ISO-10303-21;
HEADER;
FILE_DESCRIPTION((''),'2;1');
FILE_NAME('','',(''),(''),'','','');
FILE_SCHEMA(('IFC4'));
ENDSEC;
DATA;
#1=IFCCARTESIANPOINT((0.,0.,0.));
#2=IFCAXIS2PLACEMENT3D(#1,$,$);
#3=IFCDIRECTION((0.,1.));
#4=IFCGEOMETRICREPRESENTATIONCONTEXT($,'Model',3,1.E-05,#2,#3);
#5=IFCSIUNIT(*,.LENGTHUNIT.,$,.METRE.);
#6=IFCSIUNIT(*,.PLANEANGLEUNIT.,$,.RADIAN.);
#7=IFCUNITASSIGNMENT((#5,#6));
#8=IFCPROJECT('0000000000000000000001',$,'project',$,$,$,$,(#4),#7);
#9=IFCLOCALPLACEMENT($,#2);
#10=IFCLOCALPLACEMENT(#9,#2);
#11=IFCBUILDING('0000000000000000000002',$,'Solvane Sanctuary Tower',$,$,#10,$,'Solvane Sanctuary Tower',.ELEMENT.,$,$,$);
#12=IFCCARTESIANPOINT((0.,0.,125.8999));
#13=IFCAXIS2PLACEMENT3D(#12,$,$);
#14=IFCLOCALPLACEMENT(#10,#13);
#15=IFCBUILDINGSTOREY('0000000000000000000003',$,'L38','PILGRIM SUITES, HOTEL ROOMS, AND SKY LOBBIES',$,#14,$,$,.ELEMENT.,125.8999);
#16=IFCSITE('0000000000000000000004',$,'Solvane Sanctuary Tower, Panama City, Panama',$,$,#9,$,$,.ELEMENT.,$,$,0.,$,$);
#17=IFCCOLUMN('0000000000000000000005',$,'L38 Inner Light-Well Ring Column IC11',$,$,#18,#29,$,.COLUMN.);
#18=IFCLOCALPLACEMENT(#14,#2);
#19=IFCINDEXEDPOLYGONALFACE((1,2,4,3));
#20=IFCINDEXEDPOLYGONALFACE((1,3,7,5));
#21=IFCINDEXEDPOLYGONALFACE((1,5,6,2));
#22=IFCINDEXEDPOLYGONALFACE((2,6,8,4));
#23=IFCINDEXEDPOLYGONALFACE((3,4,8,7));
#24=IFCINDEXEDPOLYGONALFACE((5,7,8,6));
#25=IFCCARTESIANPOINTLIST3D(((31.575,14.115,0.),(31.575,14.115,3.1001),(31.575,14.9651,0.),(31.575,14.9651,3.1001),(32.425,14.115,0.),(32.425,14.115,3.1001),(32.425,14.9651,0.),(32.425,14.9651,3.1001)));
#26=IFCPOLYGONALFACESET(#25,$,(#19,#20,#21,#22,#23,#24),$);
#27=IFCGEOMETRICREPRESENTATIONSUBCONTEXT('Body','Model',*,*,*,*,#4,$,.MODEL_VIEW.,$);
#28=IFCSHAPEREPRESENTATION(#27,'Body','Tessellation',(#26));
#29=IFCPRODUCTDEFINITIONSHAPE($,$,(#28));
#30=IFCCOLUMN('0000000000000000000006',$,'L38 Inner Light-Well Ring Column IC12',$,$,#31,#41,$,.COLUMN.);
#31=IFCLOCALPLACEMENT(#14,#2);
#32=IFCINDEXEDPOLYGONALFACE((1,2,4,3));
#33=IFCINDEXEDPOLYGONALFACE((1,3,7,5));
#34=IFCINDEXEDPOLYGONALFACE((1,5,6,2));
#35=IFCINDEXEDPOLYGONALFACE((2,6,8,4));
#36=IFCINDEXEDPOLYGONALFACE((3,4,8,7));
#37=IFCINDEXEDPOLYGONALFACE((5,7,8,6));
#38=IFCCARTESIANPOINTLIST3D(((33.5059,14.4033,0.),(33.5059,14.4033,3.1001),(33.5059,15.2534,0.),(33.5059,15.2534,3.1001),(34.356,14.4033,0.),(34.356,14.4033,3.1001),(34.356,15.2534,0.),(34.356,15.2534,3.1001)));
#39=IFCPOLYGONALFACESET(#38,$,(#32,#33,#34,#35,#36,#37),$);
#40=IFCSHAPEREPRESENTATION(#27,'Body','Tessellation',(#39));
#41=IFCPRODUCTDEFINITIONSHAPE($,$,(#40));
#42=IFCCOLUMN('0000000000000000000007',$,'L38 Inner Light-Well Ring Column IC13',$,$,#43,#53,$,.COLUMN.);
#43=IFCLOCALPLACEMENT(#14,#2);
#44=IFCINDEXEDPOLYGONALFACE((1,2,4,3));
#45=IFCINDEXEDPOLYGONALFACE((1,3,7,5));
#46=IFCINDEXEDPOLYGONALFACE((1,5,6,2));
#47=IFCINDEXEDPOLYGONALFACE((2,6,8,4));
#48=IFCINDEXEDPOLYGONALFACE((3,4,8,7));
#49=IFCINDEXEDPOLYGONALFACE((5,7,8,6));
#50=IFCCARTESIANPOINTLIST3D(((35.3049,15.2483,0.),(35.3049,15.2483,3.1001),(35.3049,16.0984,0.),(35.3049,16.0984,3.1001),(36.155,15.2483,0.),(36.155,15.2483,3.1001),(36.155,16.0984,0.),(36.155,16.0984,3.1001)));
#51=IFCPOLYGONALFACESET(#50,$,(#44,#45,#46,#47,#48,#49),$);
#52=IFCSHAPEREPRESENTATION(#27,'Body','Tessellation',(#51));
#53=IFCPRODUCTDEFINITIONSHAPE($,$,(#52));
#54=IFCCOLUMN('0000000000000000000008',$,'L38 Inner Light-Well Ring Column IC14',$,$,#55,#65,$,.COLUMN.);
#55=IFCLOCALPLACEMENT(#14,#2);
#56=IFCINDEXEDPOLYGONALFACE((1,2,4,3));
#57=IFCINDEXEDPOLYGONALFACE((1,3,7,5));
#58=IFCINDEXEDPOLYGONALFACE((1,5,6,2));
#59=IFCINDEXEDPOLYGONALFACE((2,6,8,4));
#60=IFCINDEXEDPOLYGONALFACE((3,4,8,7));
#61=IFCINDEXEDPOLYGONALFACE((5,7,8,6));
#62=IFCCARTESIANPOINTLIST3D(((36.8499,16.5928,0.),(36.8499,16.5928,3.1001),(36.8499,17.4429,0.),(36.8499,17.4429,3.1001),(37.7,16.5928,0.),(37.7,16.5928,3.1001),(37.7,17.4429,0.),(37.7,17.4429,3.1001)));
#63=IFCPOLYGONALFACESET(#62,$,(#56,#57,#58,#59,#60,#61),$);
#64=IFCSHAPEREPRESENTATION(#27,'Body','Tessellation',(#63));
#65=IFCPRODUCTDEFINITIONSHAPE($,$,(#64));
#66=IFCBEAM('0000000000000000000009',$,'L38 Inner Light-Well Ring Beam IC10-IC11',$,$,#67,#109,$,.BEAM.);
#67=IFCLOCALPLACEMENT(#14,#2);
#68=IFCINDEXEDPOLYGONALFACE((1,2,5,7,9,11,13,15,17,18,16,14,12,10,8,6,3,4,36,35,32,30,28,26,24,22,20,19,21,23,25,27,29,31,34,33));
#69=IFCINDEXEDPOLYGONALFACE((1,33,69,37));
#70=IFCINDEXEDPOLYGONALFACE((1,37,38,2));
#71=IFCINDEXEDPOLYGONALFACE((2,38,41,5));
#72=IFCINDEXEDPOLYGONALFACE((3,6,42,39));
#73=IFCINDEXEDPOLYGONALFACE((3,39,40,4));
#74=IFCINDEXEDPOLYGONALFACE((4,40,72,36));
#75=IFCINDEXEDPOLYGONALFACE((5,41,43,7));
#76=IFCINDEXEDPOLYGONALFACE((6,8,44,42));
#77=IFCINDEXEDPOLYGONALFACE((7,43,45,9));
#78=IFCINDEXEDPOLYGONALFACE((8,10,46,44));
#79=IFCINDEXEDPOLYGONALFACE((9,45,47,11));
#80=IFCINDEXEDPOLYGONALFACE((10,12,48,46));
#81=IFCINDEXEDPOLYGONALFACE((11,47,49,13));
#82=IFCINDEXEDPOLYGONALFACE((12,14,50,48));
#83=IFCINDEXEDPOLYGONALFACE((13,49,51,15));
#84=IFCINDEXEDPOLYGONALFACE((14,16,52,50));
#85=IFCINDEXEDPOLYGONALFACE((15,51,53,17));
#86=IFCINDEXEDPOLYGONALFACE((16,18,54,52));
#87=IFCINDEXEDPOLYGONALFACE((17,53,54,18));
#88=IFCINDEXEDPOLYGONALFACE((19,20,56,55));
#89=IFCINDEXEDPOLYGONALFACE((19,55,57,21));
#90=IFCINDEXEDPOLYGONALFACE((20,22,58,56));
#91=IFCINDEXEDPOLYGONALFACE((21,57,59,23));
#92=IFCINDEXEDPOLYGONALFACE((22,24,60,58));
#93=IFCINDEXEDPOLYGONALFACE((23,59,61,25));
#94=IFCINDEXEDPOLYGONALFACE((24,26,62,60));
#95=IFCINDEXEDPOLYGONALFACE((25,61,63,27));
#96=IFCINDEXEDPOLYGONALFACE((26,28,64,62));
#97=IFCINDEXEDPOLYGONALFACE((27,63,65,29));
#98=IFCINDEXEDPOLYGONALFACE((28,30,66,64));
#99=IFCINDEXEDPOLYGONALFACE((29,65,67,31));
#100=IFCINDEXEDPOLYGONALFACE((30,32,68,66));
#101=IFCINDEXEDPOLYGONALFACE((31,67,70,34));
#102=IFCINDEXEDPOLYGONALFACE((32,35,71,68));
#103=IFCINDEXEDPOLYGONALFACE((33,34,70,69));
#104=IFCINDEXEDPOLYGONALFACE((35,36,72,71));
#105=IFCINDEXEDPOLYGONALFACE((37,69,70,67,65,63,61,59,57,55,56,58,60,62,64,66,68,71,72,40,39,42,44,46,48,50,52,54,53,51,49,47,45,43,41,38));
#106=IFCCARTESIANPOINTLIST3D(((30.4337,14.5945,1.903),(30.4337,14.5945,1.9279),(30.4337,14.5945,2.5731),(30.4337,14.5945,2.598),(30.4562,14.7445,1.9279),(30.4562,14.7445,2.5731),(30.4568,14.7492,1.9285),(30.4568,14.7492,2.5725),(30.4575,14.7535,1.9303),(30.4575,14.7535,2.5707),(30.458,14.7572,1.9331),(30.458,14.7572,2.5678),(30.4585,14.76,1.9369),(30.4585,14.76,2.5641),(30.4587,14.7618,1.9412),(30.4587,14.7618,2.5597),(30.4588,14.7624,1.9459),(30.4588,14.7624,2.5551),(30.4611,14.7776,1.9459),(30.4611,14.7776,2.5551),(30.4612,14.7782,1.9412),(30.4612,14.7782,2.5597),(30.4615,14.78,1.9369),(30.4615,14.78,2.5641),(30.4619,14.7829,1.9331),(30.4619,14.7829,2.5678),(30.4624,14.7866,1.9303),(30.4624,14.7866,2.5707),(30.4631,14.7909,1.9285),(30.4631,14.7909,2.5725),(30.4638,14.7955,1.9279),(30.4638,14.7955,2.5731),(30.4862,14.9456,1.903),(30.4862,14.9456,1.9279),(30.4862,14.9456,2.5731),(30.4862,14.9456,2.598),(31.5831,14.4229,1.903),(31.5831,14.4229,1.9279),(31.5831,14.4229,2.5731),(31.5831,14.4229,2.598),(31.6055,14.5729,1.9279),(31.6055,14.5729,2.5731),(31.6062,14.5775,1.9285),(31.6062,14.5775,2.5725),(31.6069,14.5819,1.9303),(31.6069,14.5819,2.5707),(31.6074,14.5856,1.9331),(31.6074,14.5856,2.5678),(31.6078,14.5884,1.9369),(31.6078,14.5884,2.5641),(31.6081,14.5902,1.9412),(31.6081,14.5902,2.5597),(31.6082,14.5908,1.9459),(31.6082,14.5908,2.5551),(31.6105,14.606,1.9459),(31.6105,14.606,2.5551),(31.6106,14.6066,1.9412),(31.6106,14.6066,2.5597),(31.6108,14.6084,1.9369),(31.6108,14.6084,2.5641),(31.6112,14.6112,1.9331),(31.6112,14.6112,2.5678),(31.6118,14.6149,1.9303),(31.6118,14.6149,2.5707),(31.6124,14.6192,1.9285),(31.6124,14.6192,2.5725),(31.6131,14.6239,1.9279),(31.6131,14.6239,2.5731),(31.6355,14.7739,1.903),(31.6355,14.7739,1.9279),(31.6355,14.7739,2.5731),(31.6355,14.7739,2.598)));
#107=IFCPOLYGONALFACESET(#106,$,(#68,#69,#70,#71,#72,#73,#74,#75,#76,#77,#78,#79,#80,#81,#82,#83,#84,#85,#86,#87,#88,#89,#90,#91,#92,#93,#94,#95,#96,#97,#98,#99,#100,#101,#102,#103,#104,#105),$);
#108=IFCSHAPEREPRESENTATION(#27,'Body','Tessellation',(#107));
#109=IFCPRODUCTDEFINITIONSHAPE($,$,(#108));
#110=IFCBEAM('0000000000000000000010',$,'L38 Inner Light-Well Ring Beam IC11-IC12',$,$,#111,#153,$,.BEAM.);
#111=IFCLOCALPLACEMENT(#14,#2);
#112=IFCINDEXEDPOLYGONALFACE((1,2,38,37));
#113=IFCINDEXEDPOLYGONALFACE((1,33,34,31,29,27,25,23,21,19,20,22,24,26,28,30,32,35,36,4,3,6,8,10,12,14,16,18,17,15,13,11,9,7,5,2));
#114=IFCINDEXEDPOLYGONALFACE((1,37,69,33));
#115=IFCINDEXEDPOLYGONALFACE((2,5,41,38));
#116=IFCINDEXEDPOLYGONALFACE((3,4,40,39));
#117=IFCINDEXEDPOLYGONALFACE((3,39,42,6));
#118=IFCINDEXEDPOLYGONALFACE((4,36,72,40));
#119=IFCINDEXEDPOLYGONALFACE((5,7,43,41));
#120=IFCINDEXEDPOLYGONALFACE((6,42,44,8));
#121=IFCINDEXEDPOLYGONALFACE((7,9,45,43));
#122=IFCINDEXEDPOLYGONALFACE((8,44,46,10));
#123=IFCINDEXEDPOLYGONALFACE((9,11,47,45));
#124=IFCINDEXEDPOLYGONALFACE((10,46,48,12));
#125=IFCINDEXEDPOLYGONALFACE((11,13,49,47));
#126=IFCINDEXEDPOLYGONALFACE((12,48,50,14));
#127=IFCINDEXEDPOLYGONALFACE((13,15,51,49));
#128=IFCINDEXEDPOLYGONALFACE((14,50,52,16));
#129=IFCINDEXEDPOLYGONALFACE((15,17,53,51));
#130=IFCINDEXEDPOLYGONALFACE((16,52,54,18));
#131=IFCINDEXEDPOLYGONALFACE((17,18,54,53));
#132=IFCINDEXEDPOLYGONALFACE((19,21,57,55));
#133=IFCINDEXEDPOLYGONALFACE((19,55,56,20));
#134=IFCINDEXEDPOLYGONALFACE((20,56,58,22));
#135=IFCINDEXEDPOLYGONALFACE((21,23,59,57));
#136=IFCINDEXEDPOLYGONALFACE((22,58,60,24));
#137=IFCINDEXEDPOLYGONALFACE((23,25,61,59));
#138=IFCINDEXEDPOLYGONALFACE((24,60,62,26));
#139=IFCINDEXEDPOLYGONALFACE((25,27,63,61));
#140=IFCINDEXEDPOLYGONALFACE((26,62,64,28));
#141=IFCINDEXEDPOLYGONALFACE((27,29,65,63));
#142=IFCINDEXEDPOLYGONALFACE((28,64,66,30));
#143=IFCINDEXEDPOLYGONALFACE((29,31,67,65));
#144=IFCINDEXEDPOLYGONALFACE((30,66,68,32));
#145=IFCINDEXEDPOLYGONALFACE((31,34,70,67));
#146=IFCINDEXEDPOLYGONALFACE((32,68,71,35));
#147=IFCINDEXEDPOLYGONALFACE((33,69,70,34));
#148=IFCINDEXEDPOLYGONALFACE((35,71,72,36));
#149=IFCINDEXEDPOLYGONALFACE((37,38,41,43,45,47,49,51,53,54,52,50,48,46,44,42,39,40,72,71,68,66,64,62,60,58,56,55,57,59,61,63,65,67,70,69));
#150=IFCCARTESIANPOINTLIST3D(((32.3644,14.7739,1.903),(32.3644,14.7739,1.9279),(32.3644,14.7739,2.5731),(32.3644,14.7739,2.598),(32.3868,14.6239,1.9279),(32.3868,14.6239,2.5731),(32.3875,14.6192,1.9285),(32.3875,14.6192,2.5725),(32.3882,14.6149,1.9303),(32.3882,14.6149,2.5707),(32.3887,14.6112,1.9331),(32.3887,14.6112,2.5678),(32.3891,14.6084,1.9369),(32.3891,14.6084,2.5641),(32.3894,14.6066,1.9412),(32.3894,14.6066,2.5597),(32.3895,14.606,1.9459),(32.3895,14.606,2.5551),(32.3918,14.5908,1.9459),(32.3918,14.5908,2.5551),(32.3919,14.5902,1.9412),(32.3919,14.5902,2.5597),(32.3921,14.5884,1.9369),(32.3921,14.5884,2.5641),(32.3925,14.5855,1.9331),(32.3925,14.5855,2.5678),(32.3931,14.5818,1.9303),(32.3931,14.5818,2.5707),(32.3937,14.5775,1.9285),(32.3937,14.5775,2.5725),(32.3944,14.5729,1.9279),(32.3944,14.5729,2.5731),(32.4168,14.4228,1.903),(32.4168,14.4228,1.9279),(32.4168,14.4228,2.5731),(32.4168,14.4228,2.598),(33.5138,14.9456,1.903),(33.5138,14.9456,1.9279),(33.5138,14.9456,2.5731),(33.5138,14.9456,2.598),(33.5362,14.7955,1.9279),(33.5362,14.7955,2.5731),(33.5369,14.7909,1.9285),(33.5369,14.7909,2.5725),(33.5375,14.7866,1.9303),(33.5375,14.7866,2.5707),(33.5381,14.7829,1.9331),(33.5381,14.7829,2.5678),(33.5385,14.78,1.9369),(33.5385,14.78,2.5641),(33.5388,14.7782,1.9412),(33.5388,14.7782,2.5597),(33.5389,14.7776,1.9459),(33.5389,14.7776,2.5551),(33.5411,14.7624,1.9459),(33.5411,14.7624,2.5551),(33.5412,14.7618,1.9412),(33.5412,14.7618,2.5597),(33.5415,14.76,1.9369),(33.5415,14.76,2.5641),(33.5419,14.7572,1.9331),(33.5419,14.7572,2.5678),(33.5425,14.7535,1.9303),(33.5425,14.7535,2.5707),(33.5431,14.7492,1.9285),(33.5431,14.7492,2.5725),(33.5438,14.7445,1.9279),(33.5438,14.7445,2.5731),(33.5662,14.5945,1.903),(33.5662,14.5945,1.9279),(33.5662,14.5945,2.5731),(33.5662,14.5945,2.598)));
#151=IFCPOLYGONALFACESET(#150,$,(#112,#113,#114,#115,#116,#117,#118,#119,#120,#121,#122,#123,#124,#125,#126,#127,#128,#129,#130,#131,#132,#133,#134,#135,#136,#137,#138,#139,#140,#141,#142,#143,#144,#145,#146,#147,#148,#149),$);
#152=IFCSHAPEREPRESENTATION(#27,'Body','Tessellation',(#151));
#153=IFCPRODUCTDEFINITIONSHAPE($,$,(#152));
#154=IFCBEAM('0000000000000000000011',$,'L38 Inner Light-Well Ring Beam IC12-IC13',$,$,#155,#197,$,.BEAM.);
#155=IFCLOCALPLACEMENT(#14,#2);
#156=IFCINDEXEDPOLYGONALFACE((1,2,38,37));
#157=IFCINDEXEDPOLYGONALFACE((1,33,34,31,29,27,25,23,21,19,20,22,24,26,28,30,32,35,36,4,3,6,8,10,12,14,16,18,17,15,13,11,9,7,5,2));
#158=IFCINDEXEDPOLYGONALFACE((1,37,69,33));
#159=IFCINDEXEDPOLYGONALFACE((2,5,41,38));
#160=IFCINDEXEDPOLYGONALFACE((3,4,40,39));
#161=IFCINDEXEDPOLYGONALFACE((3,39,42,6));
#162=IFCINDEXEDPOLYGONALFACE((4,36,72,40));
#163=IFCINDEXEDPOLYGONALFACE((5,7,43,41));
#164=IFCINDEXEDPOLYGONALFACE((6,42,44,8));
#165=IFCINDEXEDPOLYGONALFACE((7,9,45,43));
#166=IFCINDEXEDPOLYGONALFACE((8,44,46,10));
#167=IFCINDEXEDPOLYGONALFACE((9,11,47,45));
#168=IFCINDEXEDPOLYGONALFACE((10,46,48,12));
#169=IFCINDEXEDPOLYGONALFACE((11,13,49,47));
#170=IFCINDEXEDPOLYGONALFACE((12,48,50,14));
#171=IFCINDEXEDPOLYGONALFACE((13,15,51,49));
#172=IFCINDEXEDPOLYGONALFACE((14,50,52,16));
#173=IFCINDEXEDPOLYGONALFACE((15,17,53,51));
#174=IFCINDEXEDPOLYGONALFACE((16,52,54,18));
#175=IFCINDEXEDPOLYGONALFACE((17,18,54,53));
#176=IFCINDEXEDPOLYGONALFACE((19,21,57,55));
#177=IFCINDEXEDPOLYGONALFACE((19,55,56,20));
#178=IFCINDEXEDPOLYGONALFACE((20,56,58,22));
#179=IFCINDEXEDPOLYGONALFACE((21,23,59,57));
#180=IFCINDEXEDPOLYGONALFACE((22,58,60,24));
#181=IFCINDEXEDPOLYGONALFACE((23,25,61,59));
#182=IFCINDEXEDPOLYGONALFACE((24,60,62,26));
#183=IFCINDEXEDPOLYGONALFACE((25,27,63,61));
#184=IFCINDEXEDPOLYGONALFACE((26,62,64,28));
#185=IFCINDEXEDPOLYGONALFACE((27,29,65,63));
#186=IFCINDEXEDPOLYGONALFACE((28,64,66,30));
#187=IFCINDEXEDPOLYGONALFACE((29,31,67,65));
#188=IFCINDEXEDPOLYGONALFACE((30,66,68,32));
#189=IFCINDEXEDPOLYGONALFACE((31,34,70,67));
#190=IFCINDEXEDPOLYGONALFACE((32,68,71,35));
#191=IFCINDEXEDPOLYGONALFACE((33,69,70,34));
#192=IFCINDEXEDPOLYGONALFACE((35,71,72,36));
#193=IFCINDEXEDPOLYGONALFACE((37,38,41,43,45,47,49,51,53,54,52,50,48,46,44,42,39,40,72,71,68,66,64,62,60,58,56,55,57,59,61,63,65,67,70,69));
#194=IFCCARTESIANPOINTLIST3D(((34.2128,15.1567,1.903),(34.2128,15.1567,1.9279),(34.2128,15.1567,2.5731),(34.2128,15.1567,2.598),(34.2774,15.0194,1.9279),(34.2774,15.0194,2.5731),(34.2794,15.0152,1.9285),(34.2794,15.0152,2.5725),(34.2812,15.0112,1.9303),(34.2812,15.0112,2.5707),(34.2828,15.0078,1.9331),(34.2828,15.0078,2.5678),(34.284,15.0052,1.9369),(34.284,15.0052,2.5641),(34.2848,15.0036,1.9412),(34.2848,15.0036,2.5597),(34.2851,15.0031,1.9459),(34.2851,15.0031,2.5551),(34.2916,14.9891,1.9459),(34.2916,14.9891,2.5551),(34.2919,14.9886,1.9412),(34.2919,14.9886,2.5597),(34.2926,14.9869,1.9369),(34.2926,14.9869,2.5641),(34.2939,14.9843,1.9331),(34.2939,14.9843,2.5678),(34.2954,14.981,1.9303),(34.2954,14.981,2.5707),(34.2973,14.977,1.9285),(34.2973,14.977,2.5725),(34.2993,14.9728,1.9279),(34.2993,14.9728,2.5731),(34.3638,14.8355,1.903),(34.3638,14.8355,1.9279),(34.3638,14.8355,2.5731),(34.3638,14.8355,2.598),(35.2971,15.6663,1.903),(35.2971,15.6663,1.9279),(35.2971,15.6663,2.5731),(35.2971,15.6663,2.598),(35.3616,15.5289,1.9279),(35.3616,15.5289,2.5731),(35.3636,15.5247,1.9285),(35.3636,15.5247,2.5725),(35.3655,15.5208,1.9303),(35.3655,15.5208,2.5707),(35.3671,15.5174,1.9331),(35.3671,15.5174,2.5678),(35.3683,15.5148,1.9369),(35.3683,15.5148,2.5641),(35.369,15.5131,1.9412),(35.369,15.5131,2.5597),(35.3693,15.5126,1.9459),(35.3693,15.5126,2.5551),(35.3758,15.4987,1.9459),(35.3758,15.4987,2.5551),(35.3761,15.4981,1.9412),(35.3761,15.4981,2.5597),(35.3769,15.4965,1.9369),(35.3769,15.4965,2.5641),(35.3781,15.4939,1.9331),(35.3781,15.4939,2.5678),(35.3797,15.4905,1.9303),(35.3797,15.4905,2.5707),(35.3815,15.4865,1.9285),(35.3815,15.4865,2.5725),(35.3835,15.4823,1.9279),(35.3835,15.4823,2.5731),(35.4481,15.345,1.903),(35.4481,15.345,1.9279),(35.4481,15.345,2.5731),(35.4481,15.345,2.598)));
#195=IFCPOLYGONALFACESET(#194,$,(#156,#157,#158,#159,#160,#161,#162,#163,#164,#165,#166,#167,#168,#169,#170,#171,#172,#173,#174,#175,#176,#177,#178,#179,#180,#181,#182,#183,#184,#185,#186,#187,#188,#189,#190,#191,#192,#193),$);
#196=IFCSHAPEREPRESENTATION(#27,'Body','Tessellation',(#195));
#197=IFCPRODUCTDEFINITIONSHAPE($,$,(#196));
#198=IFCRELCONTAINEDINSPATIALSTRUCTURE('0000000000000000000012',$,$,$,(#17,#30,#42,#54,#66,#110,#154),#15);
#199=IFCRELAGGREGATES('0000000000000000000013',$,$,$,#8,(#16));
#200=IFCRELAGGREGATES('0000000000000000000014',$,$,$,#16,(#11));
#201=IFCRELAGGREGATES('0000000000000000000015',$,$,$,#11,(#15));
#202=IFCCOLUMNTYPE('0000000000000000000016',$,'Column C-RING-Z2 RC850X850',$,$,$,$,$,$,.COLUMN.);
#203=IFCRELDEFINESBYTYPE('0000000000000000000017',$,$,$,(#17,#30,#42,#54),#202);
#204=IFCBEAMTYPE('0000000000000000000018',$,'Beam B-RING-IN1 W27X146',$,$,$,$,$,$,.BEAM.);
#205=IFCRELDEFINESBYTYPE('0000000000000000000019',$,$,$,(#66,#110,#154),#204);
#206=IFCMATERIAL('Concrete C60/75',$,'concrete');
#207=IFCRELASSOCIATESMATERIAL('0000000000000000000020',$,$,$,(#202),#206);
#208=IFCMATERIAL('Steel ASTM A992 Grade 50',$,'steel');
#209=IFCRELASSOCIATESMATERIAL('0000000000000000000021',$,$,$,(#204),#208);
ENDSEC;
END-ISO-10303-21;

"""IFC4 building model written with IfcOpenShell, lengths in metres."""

from ifc_helpers import new_model, si_unit, direction, frame, origin, origin_2d, place, context, subcontext, project, spatial, rectangle, i_section, extrude, material, material_profile, profile_set, type_object, element, save


model = new_model("IFC4")

# Units and contexts
model_context = context("Model", 3, precision=1e-05, world=origin(), true_north=direction((0.0, 1.0)))
body_context = subcontext(model_context, "Body", "Model", "MODEL_VIEW")
ifc_project = project(units=[si_unit("LENGTHUNIT", "METRE"), si_unit("PLANEANGLEUNIT", "RADIAN")], contexts=[model_context])

# Site, building, storey
site_placement = place(None, origin())
site = spatial("IfcSite", under=ifc_project, at=site_placement, Name="Solvane Sanctuary Tower, Panama City, Panama", CompositionType="ELEMENT", RefElevation=0.0)
building_placement = place(site_placement, origin())
building = spatial("IfcBuilding", under=site, at=building_placement, Name="Solvane Sanctuary Tower", LongName="Solvane Sanctuary Tower", CompositionType="ELEMENT")
storey_placement = place(building_placement, frame((0.0, 0.0, 125.8999)))
storey = spatial("IfcBuildingStorey", under=building, at=storey_placement, Name="L38", Description="PILGRIM SUITES, HOTEL ROOMS, AND SKY LOBBIES", CompositionType="ELEMENT", Elevation=125.8999)

# Columns
ifc_material_1 = material(Name="Concrete C60/75", Category="concrete")
ifc_material_profile_1 = material_profile(ifc_material_1, rectangle(XDim=0.8501, YDim=0.8501, at=origin_2d()), Name="RC850X850")
ifc_profile_set_1 = profile_set([ifc_material_profile_1], Name="Concrete C60/75")
column_type = type_object("IfcColumnType", Name="Column C-RING-Z2 RC850X850", PredefinedType="COLUMN", material=ifc_profile_set_1)
for number, where, z_axis, x_axis, name in (
    (1, (32.0, 14.54, 0.0), (0.0, 0.0, 1.0), (1.0, 0.0, 0.0), "L38 Inner Light-Well Ring Column IC11"),
    (2, (33.9309, 14.8284, 0.0), (0.0, 0.0, 1.0), (1.0, 0.0, 0.0), "L38 Inner Light-Well Ring Column IC12"),
    (3, (35.73, 15.6733, 0.0), (0.0, 0.0, 1.0), (1.0, 0.0, 0.0), "L38 Inner Light-Well Ring Column IC13"),
    (4, (37.2749, 17.0178, 0.0), (0.0, 0.0, 1.0), (1.0, 0.0, 0.0), "L38 Inner Light-Well Ring Column IC14"),
):
    element("IfcColumn", number, at=place(storey_placement, frame(where, z_axis=z_axis, x_axis=x_axis)), inside=storey, type_object=column_type, Name=name, PredefinedType="COLUMN", context=body_context, shape_type="SweptSolid", body=[
        extrude(rectangle(XDim=0.8501, YDim=0.8501, at=origin_2d()), origin(), (0.0, 0.0, 1.0), 3.1001),
    ])

# Beams
ifc_material_2 = material(Name="Steel ASTM A992 Grade 50", Category="steel")
ifc_material_profile_2 = material_profile(ifc_material_2, i_section(OverallWidth=0.355, OverallDepth=0.6951, WebThickness=0.0154, FlangeThickness=0.0249, FilletRadius=0.0181, at=origin_2d()), Name="W27X146")
ifc_profile_set_2 = profile_set([ifc_material_profile_2], Name="Steel ASTM A992 Grade 50")
beam_type_1 = type_object("IfcBeamType", Name="Beam B-RING-IN1 W27X146", PredefinedType="BEAM", material=ifc_profile_set_2)
for number, where, z_axis, x_axis, name in (
    (5, (30.46, 14.77, 2.2505), (0.989035, -0.147683, 0.0), (0.147683, 0.989035, 0.0), "L38 Inner Light-Well Ring Beam IC10-IC11"),
    (6, (32.3906, 14.5984, 2.2505), (0.989035, 0.147683, 0.0), (-0.147683, 0.989035, 0.0), "L38 Inner Light-Well Ring Beam IC11-IC12"),
):
    element("IfcBeam", number, at=place(storey_placement, frame(where, z_axis=z_axis, x_axis=x_axis)), inside=storey, type_object=beam_type_1, Name=name, PredefinedType="BEAM", context=body_context, shape_type="SweptSolid", body=[
        extrude(i_section(OverallWidth=0.355, OverallDepth=0.6951, WebThickness=0.0154, FlangeThickness=0.0249, FilletRadius=0.0181, at=origin_2d()), origin(), (0.0, 0.0, 1.0), 1.1621),
    ])
beam_1_placement = place(storey_placement, frame((34.2883, 14.9961, 2.2505), z_axis=(0.905045, 0.425316, 0.0), x_axis=(-0.425316, 0.905045, 0.0)))
element("IfcBeam", 7, at=beam_1_placement, inside=storey, type_object=beam_type_1, Name="L38 Inner Light-Well Ring Beam IC12-IC13", PredefinedType="BEAM", context=body_context, shape_type="SweptSolid", body=[
    extrude(i_section(OverallWidth=0.355, OverallDepth=0.6951, WebThickness=0.0154, FlangeThickness=0.0249, FilletRadius=0.0181, at=origin_2d()), origin(), (0.0, 0.0, 1.0), 1.198),
])

save(model, "model.ifc")
